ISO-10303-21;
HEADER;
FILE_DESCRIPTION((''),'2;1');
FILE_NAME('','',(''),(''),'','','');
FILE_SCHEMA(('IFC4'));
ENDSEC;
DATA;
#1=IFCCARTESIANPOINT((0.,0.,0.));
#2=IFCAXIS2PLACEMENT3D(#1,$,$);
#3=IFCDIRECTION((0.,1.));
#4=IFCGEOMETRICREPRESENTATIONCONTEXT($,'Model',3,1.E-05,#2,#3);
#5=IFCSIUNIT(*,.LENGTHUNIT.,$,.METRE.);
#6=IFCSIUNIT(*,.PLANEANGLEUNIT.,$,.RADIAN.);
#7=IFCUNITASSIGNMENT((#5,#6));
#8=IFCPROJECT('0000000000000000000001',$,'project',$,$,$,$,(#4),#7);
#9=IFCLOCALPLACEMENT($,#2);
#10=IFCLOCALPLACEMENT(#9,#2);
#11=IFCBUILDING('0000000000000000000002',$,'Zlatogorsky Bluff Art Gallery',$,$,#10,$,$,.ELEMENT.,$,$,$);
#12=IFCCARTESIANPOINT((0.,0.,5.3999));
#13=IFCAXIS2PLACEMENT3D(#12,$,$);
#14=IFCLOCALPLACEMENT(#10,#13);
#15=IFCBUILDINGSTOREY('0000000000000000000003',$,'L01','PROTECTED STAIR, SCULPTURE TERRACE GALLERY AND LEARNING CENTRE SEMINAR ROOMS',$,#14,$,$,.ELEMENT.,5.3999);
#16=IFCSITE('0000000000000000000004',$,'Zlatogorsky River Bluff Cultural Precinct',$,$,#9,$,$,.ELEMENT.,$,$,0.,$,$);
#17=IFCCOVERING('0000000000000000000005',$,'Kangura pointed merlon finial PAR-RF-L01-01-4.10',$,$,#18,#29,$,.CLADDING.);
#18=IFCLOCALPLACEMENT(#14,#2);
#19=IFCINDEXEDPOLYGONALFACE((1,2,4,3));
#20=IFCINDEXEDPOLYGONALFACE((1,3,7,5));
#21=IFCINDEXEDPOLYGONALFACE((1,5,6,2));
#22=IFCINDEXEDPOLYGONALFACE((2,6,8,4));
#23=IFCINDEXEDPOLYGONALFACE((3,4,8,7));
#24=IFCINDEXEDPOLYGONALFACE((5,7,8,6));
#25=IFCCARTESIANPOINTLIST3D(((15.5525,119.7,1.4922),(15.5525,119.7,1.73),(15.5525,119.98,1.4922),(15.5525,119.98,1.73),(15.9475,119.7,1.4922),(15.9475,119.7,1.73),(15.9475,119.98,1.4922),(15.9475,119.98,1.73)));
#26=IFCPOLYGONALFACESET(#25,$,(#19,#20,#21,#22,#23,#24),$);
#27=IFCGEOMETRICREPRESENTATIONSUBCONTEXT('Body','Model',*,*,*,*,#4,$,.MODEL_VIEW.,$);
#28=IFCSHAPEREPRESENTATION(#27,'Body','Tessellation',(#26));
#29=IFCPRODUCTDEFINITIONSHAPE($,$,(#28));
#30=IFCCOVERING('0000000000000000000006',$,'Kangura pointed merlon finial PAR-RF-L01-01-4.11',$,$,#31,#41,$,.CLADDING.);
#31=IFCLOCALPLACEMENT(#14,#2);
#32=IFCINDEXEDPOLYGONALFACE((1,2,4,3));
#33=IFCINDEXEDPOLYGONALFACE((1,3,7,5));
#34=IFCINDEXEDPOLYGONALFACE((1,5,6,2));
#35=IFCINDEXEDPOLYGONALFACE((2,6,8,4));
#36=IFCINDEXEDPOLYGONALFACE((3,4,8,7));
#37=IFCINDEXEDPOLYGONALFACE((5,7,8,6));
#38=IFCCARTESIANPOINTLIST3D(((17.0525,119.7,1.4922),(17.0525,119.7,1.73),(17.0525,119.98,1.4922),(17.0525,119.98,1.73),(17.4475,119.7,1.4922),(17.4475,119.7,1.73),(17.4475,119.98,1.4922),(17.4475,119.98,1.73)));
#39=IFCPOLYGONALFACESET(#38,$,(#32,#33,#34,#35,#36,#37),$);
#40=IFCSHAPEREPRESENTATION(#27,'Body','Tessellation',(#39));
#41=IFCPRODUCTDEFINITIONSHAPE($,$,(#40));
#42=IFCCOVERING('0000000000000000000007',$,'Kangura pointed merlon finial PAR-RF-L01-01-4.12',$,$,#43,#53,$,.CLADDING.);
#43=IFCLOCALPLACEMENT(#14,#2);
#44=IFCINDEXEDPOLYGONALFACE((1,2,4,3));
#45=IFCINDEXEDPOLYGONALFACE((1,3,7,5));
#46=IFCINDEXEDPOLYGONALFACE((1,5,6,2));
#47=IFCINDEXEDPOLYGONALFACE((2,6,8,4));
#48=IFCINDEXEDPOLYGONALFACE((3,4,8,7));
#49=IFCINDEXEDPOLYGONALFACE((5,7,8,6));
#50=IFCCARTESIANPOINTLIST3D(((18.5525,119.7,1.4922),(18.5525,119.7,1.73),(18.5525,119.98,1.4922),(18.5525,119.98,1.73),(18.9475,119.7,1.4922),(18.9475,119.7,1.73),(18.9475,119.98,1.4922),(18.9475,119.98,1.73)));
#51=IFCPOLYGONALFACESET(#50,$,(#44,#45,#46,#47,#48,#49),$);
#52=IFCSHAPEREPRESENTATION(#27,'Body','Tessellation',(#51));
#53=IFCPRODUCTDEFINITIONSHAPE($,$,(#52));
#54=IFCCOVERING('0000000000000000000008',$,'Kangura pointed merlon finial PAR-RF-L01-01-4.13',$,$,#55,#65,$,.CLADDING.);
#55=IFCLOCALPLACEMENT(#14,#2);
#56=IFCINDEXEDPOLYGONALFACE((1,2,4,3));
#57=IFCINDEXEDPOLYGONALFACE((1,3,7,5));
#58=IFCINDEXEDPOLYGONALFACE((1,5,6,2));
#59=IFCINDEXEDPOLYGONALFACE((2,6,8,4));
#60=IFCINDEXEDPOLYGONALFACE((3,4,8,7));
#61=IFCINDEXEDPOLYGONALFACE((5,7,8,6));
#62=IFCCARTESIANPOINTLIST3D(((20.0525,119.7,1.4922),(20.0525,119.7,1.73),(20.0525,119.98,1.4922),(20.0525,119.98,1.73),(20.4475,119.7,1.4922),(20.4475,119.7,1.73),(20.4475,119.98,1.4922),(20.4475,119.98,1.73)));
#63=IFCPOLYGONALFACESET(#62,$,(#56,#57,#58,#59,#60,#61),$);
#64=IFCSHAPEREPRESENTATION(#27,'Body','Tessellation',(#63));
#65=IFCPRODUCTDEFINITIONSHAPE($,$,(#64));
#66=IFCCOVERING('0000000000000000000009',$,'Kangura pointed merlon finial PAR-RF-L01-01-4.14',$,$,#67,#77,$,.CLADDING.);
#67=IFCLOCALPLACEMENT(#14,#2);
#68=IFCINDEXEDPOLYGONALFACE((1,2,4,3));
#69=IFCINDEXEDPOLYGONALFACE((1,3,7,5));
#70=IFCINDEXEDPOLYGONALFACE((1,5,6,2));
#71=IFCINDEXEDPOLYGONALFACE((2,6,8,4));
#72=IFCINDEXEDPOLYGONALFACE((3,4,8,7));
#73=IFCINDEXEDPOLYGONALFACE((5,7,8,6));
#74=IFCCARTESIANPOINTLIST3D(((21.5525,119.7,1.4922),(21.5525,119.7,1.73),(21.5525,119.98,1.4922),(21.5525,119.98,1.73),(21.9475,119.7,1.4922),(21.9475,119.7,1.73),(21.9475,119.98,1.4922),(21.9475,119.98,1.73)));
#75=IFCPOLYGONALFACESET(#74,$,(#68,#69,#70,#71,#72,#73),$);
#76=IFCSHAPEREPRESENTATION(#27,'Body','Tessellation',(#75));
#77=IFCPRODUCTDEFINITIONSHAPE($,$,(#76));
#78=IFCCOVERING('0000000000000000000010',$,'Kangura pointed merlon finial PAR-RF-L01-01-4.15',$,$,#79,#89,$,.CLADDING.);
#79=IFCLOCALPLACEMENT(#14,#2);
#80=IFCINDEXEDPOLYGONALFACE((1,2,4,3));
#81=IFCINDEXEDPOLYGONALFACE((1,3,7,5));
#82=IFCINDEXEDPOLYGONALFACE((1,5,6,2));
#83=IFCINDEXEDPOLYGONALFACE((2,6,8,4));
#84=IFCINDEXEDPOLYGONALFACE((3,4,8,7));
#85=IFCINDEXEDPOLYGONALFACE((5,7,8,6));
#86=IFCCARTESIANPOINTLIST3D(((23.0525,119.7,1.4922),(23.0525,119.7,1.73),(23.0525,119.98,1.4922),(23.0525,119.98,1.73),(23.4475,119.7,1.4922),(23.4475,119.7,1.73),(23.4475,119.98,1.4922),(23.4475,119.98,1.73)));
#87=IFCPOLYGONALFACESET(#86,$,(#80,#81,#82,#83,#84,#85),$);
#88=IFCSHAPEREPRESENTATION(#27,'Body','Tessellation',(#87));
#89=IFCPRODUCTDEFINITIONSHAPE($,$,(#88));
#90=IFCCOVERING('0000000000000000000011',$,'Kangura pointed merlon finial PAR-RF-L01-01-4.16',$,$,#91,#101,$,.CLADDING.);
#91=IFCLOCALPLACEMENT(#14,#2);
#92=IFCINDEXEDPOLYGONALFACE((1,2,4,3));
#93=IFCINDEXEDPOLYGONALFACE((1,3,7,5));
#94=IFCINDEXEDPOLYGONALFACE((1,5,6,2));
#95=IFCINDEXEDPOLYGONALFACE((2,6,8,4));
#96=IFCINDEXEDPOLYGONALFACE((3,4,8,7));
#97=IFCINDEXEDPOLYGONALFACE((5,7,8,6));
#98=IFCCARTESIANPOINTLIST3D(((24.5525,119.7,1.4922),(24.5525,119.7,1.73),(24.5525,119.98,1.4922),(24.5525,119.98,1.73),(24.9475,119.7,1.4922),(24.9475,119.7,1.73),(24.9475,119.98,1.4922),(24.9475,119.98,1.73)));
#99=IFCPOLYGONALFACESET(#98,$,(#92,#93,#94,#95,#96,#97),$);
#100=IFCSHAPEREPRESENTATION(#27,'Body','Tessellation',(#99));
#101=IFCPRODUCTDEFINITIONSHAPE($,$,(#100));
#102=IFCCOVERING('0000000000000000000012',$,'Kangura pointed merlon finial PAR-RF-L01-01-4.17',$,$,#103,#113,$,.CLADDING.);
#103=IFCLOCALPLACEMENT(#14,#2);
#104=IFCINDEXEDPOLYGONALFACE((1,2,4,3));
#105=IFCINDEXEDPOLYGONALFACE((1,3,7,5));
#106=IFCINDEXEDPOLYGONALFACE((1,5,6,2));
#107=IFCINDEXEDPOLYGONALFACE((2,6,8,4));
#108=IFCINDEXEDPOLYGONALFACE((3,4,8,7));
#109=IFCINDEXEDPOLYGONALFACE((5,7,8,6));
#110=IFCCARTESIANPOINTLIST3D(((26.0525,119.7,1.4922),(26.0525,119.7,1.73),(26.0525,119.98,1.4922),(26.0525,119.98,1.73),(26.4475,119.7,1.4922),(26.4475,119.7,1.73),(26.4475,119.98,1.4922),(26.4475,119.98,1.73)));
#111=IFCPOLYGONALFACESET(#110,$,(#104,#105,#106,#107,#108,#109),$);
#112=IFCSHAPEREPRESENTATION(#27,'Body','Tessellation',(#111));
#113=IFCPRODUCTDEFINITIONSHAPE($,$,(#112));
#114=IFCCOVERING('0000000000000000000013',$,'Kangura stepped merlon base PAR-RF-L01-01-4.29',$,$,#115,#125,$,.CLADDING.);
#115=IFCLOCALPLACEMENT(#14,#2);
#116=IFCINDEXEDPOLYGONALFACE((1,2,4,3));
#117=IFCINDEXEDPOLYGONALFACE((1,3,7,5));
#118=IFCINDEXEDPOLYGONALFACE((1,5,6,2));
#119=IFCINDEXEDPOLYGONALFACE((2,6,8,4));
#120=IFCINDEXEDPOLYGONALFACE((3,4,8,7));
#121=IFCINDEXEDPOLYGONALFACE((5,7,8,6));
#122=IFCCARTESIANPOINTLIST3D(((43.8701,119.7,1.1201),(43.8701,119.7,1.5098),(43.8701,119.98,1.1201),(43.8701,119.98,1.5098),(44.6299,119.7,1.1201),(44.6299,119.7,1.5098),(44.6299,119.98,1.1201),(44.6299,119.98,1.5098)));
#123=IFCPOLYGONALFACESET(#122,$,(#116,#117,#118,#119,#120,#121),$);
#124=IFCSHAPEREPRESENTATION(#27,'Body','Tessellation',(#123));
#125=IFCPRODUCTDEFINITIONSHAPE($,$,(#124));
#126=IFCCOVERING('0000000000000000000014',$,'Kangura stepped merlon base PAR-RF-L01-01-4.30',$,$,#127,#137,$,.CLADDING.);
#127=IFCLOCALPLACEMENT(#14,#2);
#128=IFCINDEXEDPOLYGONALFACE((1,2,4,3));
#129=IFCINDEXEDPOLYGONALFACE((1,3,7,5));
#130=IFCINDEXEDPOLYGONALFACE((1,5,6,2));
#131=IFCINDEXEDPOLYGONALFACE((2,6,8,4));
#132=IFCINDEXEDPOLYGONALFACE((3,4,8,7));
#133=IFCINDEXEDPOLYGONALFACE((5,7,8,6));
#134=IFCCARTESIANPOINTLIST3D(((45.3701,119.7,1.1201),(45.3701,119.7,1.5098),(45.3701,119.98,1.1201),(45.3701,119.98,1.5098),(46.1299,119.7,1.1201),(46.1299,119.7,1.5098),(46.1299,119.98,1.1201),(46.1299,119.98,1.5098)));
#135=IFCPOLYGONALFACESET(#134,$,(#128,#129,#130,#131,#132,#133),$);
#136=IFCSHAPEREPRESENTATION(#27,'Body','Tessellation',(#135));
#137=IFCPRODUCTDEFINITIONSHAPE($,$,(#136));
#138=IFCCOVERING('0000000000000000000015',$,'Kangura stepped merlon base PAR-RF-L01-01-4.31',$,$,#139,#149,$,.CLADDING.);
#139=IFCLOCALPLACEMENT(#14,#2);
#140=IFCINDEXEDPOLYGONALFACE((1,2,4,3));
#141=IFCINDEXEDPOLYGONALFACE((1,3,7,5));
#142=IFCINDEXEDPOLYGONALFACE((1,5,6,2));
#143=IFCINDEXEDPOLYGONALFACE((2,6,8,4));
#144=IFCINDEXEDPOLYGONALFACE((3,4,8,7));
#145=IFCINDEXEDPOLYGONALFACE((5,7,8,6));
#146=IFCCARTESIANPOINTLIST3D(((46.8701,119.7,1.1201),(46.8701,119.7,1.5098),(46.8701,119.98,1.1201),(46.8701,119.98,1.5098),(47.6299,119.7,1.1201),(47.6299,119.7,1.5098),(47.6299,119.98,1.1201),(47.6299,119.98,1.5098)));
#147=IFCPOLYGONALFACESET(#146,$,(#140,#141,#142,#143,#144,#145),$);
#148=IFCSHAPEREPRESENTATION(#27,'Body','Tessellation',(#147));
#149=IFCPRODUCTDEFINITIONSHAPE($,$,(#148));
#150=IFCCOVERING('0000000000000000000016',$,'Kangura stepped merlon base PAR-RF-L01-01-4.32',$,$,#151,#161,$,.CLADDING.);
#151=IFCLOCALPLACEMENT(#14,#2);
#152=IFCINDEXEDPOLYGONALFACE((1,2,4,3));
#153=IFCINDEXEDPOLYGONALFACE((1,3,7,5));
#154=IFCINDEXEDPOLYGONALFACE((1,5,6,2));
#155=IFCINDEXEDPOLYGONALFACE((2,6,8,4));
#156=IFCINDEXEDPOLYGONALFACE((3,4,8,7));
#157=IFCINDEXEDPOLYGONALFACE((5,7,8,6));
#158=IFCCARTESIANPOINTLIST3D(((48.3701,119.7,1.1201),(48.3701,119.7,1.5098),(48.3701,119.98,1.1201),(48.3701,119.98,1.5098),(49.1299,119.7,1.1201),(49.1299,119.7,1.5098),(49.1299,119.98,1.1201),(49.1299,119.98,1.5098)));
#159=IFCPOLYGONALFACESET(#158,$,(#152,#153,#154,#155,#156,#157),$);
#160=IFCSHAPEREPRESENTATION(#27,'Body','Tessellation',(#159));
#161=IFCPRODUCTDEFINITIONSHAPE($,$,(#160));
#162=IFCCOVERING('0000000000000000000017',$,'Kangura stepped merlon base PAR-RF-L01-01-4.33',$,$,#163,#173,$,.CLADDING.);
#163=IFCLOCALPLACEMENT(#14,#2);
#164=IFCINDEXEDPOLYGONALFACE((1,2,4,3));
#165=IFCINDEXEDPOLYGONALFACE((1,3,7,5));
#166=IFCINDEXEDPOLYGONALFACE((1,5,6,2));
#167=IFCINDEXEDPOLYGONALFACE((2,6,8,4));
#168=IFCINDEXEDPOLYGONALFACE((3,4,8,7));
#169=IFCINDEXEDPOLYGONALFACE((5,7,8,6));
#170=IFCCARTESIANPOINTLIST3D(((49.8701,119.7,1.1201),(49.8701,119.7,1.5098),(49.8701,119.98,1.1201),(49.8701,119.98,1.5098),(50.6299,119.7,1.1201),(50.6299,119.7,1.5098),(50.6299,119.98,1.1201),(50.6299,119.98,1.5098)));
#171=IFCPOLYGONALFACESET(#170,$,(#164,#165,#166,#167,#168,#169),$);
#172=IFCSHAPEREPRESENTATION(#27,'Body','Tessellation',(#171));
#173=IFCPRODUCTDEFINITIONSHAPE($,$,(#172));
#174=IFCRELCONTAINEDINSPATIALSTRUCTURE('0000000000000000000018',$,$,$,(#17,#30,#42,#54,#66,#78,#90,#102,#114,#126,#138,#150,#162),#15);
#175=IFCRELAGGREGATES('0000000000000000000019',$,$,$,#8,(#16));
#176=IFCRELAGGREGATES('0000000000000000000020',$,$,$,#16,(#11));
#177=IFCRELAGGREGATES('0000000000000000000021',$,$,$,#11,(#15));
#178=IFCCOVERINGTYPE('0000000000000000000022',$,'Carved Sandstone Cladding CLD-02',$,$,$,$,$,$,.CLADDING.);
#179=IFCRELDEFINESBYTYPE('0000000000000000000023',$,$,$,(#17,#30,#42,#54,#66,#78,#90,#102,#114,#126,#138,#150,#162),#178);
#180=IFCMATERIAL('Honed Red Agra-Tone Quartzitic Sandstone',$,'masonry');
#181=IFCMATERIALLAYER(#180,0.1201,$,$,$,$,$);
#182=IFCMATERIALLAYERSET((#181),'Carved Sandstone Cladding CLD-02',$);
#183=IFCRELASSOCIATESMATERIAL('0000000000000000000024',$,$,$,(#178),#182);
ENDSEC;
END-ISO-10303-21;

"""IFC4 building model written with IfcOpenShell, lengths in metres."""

from ifc_helpers import new_model, si_unit, direction, frame, origin, place, context, subcontext, project, spatial, polyline, outline, extrude, material, layer, layer_set, type_object, element, save


model = new_model("IFC4")

# Units and contexts
model_context = context("Model", 3, precision=1e-05, world=origin(), true_north=direction((0.0, 1.0)))
body_context = subcontext(model_context, "Body", "Model", "MODEL_VIEW")
ifc_project = project(units=[si_unit("LENGTHUNIT", "METRE"), si_unit("PLANEANGLEUNIT", "RADIAN")], contexts=[model_context])

# Site, building, storey
site_placement = place(None, origin())
site = spatial("IfcSite", under=ifc_project, at=site_placement, Name="Zlatogorsky River Bluff Cultural Precinct", CompositionType="ELEMENT", RefElevation=0.0)
building_placement = place(site_placement, origin())
building = spatial("IfcBuilding", under=site, at=building_placement, Name="Zlatogorsky Bluff Art Gallery", CompositionType="ELEMENT")
storey_placement = place(building_placement, frame((0.0, 0.0, 5.3999)))
storey = spatial("IfcBuildingStorey", under=building, at=storey_placement, Name="L01", Description="PROTECTED STAIR, SCULPTURE TERRACE GALLERY AND LEARNING CENTRE SEMINAR ROOMS", CompositionType="ELEMENT", Elevation=5.3999)

# Coverings
ifc_material = material(Name="Honed Red Agra-Tone Quartzitic Sandstone", Category="masonry")
ifc_layer = layer(ifc_material, 0.1201)
ifc_layer_set = layer_set([ifc_layer], Name="Carved Sandstone Cladding CLD-02")
covering_type = type_object("IfcCoveringType", Name="Carved Sandstone Cladding CLD-02", PredefinedType="CLADDING", material=ifc_layer_set)
covering_1_placement = place(storey_placement, frame((0.0, 0.0, 1.4922)))
element("IfcCovering", 1, at=covering_1_placement, inside=storey, type_object=covering_type, Name="Kangura pointed merlon finial PAR-RF-L01-01-4.10", PredefinedType="CLADDING", context=body_context, shape_type="SweptSolid", body=[
    extrude(outline(polyline([(15.5525, 119.7), (15.9475, 119.7), (15.9475, 119.98), (15.5525, 119.98), (15.5525, 119.7)])), origin(), (0.0, 0.0, 1.0), 0.2378),
])
covering_2_placement = place(storey_placement, frame((0.0, 0.0, 1.4922)))
element("IfcCovering", 2, at=covering_2_placement, inside=storey, type_object=covering_type, Name="Kangura pointed merlon finial PAR-RF-L01-01-4.11", PredefinedType="CLADDING", context=body_context, shape_type="SweptSolid", body=[
    extrude(outline(polyline([(17.0525, 119.7), (17.4475, 119.7), (17.4475, 119.98), (17.0525, 119.98), (17.0525, 119.7)])), origin(), (0.0, 0.0, 1.0), 0.2378),
])
covering_3_placement = place(storey_placement, frame((0.0, 0.0, 1.4922)))
element("IfcCovering", 3, at=covering_3_placement, inside=storey, type_object=covering_type, Name="Kangura pointed merlon finial PAR-RF-L01-01-4.12", PredefinedType="CLADDING", context=body_context, shape_type="SweptSolid", body=[
    extrude(outline(polyline([(18.5525, 119.7), (18.9475, 119.7), (18.9475, 119.98), (18.5525, 119.98), (18.5525, 119.7)])), origin(), (0.0, 0.0, 1.0), 0.2378),
])
covering_4_placement = place(storey_placement, frame((0.0, 0.0, 1.4922)))
element("IfcCovering", 4, at=covering_4_placement, inside=storey, type_object=covering_type, Name="Kangura pointed merlon finial PAR-RF-L01-01-4.13", PredefinedType="CLADDING", context=body_context, shape_type="SweptSolid", body=[
    extrude(outline(polyline([(20.0525, 119.7), (20.4475, 119.7), (20.4475, 119.98), (20.0525, 119.98), (20.0525, 119.7)])), origin(), (0.0, 0.0, 1.0), 0.2378),
])
covering_5_placement = place(storey_placement, frame((0.0, 0.0, 1.4922)))
element("IfcCovering", 5, at=covering_5_placement, inside=storey, type_object=covering_type, Name="Kangura pointed merlon finial PAR-RF-L01-01-4.14", PredefinedType="CLADDING", context=body_context, shape_type="SweptSolid", body=[
    extrude(outline(polyline([(21.5525, 119.7), (21.9475, 119.7), (21.9475, 119.98), (21.5525, 119.98), (21.5525, 119.7)])), origin(), (0.0, 0.0, 1.0), 0.2378),
])
covering_6_placement = place(storey_placement, frame((0.0, 0.0, 1.4922)))
element("IfcCovering", 6, at=covering_6_placement, inside=storey, type_object=covering_type, Name="Kangura pointed merlon finial PAR-RF-L01-01-4.15", PredefinedType="CLADDING", context=body_context, shape_type="SweptSolid", body=[
    extrude(outline(polyline([(23.0525, 119.7), (23.4475, 119.7), (23.4475, 119.98), (23.0525, 119.98), (23.0525, 119.7)])), origin(), (0.0, 0.0, 1.0), 0.2378),
])
covering_7_placement = place(storey_placement, frame((0.0, 0.0, 1.4922)))
element("IfcCovering", 7, at=covering_7_placement, inside=storey, type_object=covering_type, Name="Kangura pointed merlon finial PAR-RF-L01-01-4.16", PredefinedType="CLADDING", context=body_context, shape_type="SweptSolid", body=[
    extrude(outline(polyline([(24.5525, 119.7), (24.9475, 119.7), (24.9475, 119.98), (24.5525, 119.98), (24.5525, 119.7)])), origin(), (0.0, 0.0, 1.0), 0.2378),
])
covering_8_placement = place(storey_placement, frame((0.0, 0.0, 1.4922)))
element("IfcCovering", 8, at=covering_8_placement, inside=storey, type_object=covering_type, Name="Kangura pointed merlon finial PAR-RF-L01-01-4.17", PredefinedType="CLADDING", context=body_context, shape_type="SweptSolid", body=[
    extrude(outline(polyline([(26.0525, 119.7), (26.4475, 119.7), (26.4475, 119.98), (26.0525, 119.98), (26.0525, 119.7)])), origin(), (0.0, 0.0, 1.0), 0.2378),
])
covering_9_placement = place(storey_placement, frame((0.0, 0.0, 1.1201)))
element("IfcCovering", 9, at=covering_9_placement, inside=storey, type_object=covering_type, Name="Kangura stepped merlon base PAR-RF-L01-01-4.29", PredefinedType="CLADDING", context=body_context, shape_type="SweptSolid", body=[
    extrude(outline(polyline([(43.8701, 119.7), (44.6299, 119.7), (44.6299, 119.98), (43.8701, 119.98), (43.8701, 119.7)])), origin(), (0.0, 0.0, 1.0), 0.3896),
])
covering_10_placement = place(storey_placement, frame((0.0, 0.0, 1.1201)))
element("IfcCovering", 10, at=covering_10_placement, inside=storey, type_object=covering_type, Name="Kangura stepped merlon base PAR-RF-L01-01-4.30", PredefinedType="CLADDING", context=body_context, shape_type="SweptSolid", body=[
    extrude(outline(polyline([(45.3701, 119.7), (46.1299, 119.7), (46.1299, 119.98), (45.3701, 119.98), (45.3701, 119.7)])), origin(), (0.0, 0.0, 1.0), 0.3896),
])
covering_11_placement = place(storey_placement, frame((0.0, 0.0, 1.1201)))
element("IfcCovering", 11, at=covering_11_placement, inside=storey, type_object=covering_type, Name="Kangura stepped merlon base PAR-RF-L01-01-4.31", PredefinedType="CLADDING", context=body_context, shape_type="SweptSolid", body=[
    extrude(outline(polyline([(46.8701, 119.7), (47.6299, 119.7), (47.6299, 119.98), (46.8701, 119.98), (46.8701, 119.7)])), origin(), (0.0, 0.0, 1.0), 0.3896),
])
covering_12_placement = place(storey_placement, frame((0.0, 0.0, 1.1201)))
element("IfcCovering", 12, at=covering_12_placement, inside=storey, type_object=covering_type, Name="Kangura stepped merlon base PAR-RF-L01-01-4.32", PredefinedType="CLADDING", context=body_context, shape_type="SweptSolid", body=[
    extrude(outline(polyline([(48.3701, 119.7), (49.1299, 119.7), (49.1299, 119.98), (48.3701, 119.98), (48.3701, 119.7)])), origin(), (0.0, 0.0, 1.0), 0.3896),
])
covering_13_placement = place(storey_placement, frame((0.0, 0.0, 1.1201)))
element("IfcCovering", 13, at=covering_13_placement, inside=storey, type_object=covering_type, Name="Kangura stepped merlon base PAR-RF-L01-01-4.33", PredefinedType="CLADDING", context=body_context, shape_type="SweptSolid", body=[
    extrude(outline(polyline([(49.8701, 119.7), (50.6299, 119.7), (50.6299, 119.98), (49.8701, 119.98), (49.8701, 119.7)])), origin(), (0.0, 0.0, 1.0), 0.3896),
])

save(model, "model.ifc")
